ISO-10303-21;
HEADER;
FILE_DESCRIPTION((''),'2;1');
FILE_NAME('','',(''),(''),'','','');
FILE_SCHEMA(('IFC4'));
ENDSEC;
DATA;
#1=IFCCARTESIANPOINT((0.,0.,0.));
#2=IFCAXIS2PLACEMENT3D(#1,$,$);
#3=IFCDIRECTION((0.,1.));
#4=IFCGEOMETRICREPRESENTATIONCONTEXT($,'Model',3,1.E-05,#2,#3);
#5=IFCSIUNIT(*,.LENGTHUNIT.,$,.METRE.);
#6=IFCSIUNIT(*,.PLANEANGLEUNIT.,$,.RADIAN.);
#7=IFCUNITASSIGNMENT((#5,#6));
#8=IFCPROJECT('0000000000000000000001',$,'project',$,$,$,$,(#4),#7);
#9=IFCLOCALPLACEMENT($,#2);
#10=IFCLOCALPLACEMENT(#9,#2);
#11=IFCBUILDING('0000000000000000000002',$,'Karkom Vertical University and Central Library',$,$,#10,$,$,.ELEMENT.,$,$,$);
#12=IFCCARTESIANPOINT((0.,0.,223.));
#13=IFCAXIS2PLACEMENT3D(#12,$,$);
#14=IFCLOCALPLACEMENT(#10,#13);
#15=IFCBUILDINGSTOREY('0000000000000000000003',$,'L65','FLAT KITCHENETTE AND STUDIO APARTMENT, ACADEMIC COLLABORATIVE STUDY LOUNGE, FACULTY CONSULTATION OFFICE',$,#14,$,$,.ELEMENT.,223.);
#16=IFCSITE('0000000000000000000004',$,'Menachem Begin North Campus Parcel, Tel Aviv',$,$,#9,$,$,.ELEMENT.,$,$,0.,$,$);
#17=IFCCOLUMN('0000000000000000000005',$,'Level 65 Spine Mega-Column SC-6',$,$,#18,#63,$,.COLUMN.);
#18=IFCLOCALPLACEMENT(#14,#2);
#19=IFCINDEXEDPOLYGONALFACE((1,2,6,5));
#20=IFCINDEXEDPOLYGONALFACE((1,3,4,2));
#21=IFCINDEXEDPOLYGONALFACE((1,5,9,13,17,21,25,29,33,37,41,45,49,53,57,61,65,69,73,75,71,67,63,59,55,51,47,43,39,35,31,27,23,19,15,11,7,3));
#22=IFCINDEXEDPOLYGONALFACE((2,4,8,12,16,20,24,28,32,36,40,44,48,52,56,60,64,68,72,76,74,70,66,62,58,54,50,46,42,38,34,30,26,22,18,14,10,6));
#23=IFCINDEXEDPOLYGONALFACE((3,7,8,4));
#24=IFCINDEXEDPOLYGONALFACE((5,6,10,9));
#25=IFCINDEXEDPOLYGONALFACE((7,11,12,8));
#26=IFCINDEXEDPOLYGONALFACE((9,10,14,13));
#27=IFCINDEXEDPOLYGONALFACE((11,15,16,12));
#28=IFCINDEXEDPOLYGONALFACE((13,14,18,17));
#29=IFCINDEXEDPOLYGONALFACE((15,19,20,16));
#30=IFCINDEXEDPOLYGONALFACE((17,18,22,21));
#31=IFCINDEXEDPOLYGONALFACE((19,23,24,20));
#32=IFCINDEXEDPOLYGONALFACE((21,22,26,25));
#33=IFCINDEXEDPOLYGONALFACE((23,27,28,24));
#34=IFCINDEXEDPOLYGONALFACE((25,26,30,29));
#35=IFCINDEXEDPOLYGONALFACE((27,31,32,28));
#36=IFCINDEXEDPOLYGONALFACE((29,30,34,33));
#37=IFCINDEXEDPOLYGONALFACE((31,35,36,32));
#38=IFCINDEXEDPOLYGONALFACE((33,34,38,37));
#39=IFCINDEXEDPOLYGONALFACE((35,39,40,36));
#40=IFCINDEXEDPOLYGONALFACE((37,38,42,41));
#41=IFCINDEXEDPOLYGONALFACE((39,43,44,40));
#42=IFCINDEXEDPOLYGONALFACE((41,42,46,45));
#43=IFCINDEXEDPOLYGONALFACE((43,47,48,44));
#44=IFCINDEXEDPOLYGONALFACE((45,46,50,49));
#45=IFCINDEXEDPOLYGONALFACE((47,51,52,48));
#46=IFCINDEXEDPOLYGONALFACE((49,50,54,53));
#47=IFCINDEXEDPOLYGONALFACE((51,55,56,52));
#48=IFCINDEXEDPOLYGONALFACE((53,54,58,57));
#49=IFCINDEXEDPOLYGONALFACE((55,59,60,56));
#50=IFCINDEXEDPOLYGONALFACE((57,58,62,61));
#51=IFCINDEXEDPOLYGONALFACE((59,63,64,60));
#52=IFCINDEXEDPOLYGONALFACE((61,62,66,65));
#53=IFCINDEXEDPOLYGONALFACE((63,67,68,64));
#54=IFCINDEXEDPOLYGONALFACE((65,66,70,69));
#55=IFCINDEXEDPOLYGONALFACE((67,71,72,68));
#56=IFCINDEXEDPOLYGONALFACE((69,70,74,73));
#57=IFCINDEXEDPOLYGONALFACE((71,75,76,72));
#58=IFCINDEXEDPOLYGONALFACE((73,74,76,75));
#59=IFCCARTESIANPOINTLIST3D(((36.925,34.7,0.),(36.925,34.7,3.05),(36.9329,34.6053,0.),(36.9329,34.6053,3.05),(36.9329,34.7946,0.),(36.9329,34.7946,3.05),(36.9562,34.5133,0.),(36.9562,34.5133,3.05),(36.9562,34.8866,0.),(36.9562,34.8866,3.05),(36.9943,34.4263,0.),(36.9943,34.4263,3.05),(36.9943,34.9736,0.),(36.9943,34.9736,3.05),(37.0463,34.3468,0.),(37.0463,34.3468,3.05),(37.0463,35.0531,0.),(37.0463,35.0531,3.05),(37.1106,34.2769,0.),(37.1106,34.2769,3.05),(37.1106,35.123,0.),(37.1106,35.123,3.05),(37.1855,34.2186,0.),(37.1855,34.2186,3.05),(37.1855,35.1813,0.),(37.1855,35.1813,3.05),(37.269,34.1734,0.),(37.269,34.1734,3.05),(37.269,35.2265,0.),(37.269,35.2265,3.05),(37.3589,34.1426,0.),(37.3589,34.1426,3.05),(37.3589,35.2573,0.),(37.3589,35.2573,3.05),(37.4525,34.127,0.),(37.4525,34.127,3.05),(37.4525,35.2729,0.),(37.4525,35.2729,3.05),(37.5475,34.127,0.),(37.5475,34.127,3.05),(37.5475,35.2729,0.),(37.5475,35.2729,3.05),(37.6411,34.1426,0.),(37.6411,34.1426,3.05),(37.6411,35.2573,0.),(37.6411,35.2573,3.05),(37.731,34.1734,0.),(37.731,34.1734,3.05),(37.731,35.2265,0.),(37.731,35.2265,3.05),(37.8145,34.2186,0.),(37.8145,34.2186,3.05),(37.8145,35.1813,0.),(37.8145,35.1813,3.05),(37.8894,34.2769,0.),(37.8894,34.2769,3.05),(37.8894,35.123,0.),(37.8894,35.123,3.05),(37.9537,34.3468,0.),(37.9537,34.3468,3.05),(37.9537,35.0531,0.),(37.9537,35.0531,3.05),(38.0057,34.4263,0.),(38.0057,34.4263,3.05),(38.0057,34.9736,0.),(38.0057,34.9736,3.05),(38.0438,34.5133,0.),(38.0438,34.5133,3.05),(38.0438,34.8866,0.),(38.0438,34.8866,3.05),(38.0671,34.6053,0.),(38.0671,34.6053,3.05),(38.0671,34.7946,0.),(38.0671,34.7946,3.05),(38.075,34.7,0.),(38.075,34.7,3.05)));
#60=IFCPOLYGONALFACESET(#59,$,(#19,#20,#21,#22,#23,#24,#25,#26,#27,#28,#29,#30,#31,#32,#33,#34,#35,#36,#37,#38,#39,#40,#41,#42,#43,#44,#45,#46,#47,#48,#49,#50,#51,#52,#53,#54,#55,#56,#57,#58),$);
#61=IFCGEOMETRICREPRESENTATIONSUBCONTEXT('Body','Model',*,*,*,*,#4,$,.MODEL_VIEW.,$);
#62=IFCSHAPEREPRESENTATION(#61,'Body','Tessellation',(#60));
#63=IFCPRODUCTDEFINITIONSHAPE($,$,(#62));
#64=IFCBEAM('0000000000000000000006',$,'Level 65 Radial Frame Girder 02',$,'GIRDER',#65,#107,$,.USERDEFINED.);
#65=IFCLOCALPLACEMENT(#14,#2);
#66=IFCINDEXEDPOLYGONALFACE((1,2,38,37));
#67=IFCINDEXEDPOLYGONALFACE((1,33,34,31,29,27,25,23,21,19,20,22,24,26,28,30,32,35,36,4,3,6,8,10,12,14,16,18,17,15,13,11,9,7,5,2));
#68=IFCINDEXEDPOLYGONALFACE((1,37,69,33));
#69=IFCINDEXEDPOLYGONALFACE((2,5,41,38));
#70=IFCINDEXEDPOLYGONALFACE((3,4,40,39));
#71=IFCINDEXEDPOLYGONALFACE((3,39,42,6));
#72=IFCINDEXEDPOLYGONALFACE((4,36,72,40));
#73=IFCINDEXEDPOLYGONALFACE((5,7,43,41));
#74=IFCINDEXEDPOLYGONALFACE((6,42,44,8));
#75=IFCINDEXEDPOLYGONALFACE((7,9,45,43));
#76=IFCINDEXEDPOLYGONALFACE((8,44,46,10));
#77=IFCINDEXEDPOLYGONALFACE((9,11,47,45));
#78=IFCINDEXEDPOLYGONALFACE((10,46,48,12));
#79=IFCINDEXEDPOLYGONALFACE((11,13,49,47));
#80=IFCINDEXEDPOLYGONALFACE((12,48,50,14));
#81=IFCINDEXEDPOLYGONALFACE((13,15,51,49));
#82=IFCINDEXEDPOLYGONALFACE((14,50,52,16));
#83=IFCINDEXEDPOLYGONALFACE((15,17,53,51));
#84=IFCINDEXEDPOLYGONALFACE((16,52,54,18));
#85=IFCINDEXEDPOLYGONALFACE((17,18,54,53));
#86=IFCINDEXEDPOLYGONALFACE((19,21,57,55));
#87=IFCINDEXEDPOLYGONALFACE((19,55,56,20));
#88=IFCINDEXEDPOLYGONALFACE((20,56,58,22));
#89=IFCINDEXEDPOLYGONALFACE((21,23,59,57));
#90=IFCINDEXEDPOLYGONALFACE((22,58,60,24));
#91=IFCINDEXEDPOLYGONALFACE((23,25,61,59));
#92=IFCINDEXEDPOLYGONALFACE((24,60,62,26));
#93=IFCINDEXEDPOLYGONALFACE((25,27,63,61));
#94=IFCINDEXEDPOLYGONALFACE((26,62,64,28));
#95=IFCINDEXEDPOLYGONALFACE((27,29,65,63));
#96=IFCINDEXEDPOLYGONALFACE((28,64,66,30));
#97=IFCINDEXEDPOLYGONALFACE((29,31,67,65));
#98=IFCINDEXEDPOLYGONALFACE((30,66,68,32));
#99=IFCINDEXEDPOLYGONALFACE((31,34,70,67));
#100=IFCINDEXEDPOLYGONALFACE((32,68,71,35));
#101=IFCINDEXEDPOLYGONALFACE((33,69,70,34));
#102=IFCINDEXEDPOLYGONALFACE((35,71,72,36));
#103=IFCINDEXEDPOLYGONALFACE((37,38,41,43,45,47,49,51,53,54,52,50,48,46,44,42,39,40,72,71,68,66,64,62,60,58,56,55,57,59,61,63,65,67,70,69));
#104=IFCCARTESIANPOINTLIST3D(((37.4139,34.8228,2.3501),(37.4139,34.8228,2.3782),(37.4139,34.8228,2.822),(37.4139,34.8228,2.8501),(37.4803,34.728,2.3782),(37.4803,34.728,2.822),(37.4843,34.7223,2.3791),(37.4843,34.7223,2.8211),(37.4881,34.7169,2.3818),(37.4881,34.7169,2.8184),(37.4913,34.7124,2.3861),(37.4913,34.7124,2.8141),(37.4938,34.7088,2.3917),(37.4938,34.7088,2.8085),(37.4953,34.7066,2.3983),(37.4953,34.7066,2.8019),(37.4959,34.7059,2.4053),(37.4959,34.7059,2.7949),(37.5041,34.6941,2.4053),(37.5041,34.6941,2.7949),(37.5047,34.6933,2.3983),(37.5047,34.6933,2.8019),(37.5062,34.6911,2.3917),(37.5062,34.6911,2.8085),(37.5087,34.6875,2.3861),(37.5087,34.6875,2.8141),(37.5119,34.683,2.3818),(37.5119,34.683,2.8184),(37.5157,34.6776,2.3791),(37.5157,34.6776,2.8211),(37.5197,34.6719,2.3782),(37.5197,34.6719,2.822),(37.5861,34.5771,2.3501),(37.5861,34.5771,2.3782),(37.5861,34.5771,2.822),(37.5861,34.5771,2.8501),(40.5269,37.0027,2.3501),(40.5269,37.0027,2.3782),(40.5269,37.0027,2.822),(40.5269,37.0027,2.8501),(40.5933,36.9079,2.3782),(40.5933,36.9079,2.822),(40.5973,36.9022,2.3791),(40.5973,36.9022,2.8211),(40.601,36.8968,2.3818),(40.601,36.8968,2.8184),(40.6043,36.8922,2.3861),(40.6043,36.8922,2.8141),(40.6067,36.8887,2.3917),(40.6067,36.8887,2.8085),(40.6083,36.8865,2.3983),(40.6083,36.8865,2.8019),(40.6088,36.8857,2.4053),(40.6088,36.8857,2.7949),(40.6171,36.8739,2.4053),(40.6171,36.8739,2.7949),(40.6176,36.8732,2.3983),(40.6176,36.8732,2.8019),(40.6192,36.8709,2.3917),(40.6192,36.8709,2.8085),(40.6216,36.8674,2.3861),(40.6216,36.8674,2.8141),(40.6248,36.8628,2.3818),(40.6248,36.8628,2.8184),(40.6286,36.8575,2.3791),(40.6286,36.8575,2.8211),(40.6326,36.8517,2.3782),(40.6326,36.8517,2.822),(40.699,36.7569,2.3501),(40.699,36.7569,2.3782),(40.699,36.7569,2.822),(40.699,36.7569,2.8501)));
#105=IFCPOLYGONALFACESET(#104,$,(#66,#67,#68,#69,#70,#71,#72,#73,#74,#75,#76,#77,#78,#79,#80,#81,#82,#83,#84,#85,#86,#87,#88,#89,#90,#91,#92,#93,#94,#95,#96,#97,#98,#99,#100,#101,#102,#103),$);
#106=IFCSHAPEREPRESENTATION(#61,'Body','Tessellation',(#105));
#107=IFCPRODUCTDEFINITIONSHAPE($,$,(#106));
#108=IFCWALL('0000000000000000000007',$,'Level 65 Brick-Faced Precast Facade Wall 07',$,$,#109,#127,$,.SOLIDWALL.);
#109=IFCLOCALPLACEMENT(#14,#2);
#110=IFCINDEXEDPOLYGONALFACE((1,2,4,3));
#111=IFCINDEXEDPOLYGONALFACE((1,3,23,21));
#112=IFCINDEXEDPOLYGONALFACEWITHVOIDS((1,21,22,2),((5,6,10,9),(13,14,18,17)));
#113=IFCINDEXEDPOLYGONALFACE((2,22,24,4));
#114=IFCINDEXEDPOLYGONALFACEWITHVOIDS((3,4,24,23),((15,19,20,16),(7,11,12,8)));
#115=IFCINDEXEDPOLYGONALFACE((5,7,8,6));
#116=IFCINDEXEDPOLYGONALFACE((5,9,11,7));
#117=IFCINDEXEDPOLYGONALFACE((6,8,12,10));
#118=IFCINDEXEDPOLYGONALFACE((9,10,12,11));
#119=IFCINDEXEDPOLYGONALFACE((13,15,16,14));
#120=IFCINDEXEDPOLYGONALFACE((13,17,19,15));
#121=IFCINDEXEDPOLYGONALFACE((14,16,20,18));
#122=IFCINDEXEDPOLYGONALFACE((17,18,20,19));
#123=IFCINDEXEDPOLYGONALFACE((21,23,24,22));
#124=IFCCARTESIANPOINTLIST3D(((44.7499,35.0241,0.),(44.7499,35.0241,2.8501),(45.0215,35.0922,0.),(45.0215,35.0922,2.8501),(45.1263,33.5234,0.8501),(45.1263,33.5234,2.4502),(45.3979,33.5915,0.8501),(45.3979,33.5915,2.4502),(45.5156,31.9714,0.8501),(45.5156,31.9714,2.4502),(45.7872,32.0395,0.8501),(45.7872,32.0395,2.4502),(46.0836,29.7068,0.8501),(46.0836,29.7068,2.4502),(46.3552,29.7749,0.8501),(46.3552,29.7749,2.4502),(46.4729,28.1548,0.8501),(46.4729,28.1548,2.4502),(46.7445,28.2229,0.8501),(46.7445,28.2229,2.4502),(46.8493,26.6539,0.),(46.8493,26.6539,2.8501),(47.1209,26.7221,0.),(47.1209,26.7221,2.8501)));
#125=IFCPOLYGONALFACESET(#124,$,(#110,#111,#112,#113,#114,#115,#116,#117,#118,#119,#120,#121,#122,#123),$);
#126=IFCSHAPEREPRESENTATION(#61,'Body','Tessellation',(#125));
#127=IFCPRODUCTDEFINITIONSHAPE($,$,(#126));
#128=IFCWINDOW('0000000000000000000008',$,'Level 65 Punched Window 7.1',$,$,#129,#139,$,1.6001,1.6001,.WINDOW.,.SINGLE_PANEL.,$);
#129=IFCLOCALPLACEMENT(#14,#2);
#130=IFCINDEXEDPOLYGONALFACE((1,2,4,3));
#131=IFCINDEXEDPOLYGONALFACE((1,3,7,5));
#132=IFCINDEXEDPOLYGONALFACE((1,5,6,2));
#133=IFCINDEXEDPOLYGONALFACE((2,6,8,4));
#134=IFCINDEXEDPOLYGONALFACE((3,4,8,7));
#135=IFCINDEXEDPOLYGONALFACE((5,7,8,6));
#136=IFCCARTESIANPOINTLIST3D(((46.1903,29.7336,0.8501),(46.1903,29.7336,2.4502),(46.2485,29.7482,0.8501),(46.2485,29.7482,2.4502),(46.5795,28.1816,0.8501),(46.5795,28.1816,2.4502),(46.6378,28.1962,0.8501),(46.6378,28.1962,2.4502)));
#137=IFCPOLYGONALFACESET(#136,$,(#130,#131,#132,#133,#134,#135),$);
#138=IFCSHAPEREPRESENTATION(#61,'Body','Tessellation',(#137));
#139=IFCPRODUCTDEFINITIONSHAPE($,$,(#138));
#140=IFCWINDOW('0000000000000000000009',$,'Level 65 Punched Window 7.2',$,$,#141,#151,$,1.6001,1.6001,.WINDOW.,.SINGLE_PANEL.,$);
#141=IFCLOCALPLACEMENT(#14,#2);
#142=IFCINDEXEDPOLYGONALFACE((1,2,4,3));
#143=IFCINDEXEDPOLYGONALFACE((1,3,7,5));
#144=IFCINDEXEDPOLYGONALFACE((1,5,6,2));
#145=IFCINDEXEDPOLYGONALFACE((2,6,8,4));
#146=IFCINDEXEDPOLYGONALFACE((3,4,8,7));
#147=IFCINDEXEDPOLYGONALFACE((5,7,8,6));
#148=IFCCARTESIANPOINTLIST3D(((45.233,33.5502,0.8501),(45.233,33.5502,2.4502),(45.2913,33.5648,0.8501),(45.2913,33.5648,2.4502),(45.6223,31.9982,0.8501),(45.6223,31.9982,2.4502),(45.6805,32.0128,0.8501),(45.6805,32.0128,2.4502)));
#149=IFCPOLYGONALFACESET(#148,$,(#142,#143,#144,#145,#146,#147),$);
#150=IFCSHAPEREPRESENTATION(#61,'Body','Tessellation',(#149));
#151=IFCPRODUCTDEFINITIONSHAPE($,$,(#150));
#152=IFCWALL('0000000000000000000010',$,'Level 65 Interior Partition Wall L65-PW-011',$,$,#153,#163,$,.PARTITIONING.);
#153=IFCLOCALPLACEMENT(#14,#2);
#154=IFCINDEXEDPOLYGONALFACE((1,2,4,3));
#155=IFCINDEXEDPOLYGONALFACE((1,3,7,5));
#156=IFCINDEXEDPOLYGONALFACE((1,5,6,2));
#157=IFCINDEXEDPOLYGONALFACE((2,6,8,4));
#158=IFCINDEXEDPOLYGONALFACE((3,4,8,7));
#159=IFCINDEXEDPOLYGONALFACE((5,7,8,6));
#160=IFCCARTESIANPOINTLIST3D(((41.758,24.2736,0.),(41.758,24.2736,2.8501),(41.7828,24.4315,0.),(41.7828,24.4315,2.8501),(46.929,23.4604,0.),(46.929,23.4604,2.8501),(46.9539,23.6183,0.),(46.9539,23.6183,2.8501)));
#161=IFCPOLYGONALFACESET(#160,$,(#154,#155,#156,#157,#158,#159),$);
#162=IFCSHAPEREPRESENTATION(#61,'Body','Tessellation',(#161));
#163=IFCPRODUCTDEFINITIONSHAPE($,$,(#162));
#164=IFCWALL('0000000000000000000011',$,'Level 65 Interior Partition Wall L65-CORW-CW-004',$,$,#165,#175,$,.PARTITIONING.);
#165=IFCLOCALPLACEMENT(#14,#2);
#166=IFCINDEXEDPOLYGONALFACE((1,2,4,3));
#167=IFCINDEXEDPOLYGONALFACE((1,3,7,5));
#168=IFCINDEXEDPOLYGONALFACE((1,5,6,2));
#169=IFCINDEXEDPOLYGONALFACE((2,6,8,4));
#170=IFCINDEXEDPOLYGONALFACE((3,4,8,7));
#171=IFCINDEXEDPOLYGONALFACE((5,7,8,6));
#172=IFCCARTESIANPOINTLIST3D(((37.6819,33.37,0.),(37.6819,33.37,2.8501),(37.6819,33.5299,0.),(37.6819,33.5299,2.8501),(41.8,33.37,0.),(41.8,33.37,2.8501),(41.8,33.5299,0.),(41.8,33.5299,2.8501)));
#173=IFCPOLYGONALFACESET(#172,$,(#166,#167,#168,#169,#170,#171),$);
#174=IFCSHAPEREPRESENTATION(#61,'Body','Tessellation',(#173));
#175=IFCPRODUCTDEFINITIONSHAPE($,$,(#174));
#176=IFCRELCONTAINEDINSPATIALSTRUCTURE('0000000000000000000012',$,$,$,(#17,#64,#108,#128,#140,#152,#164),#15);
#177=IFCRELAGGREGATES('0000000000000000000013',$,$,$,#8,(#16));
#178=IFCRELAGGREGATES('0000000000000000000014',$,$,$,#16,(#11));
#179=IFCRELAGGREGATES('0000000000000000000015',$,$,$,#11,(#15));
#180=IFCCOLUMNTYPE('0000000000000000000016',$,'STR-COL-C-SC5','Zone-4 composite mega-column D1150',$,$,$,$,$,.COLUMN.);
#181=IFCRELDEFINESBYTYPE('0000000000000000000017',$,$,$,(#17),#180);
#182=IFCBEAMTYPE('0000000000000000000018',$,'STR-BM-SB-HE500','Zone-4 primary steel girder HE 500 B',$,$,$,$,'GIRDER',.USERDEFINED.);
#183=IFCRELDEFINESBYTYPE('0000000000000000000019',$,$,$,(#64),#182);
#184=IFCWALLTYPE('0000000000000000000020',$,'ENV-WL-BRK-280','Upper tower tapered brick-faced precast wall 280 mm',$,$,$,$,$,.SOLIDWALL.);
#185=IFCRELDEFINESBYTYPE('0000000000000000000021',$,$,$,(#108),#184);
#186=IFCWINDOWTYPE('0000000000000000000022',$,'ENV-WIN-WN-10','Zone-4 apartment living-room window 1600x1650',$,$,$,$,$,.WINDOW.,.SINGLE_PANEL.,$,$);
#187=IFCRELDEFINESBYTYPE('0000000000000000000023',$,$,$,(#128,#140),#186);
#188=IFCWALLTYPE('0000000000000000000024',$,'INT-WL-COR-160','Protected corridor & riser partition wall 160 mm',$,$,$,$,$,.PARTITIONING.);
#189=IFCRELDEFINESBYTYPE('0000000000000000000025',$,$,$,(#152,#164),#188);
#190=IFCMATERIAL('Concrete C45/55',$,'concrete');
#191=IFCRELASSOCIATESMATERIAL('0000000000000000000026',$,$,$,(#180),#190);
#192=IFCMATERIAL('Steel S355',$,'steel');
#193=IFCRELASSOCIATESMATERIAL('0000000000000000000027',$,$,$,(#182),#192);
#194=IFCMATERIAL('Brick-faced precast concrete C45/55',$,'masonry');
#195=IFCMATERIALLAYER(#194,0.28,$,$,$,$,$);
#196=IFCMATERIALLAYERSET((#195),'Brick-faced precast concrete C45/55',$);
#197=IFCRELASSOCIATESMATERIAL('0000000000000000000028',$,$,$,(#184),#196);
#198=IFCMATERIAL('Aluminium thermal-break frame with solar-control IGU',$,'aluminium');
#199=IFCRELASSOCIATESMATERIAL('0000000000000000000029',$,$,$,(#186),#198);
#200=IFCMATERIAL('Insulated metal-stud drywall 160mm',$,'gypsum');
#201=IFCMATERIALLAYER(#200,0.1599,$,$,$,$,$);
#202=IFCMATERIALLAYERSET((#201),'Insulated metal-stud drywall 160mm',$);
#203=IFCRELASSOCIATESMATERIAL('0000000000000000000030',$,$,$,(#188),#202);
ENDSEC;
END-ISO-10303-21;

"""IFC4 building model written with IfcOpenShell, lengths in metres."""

from ifc_helpers import new_model, si_unit, direction, frame, frame_2d, origin, origin_with_axes, origin_2d, place, context, subcontext, project, spatial, rectangle, circle, i_section, extrude, source, transform, mapped, material, layer, layer_set, material_profile, profile_set, type_object, element, fill, save


model = new_model("IFC4")

# Units and contexts
model_context = context("Model", 3, precision=1e-05, world=origin(), true_north=direction((0.0, 1.0)))
body_context = subcontext(model_context, "Body", "Model", "MODEL_VIEW")
ifc_project = project(units=[si_unit("LENGTHUNIT", "METRE"), si_unit("PLANEANGLEUNIT", "RADIAN")], contexts=[model_context])

# Site, building, storey
site_placement = place(None, origin())
site = spatial("IfcSite", under=ifc_project, at=site_placement, Name="Menachem Begin North Campus Parcel, Tel Aviv", CompositionType="ELEMENT", RefElevation=0.0)
building_placement = place(site_placement, origin())
building = spatial("IfcBuilding", under=site, at=building_placement, Name="Karkom Vertical University and Central Library", CompositionType="ELEMENT")
storey_placement = place(building_placement, frame((0.0, 0.0, 223.0)))
storey = spatial("IfcBuildingStorey", under=building, at=storey_placement, Name="L65", Description="FLAT KITCHENETTE AND STUDIO APARTMENT, ACADEMIC COLLABORATIVE STUDY LOUNGE, FACULTY CONSULTATION OFFICE", CompositionType="ELEMENT", Elevation=223.0)

# Column
ifc_material_1 = material(Name="Concrete C45/55", Category="concrete")
ifc_material_profile_1 = material_profile(ifc_material_1, circle(Radius=0.575, at=origin_2d()), Name="CFT-D1150")
ifc_profile_set_1 = profile_set([ifc_material_profile_1], Name="Concrete C45/55")
column_type = type_object("IfcColumnType", Name="STR-COL-C-SC5", Description="Zone-4 composite mega-column D1150", PredefinedType="COLUMN", material=ifc_profile_set_1)
shared_shape_1 = source(origin_with_axes(), body_context, "Body", "SweptSolid", [
    extrude(circle(Radius=0.575, at=origin_2d()), origin(), (0.0, 0.0, 1.0), 3.05),
])
column_placement = place(storey_placement, frame((37.5, 34.7, 0.0), z_axis=(0.0, 0.0, 1.0), x_axis=(1.0, 0.0, 0.0)))
element("IfcColumn", 1, at=column_placement, inside=storey, type_object=column_type, Name="Level 65 Spine Mega-Column SC-6", PredefinedType="COLUMN", context=body_context, shape_type="MappedRepresentation", body=[
    mapped(shared_shape_1, transform((0.0, 0.0, 0.0), scale=1.0)),
])

# Beam
ifc_material_2 = material(Name="Steel S355", Category="steel")
ifc_material_profile_2 = material_profile(ifc_material_2, i_section(OverallWidth=0.3, OverallDepth=0.5, WebThickness=0.0144, FlangeThickness=0.0281, FilletRadius=0.0271, at=origin_2d()), Name="HE 500 B")
ifc_profile_set_2 = profile_set([ifc_material_profile_2], Name="Steel S355")
beam_type = type_object("IfcBeamType", Name="STR-BM-SB-HE500", Description="Zone-4 primary steel girder HE 500 B", ElementType="GIRDER", PredefinedType="USERDEFINED", material=ifc_profile_set_2)
shared_shape_2 = source(origin_with_axes(), body_context, "Body", "SweptSolid", [
    extrude(i_section(OverallWidth=0.3, OverallDepth=0.5, WebThickness=0.0144, FlangeThickness=0.0281, FilletRadius=0.0271, at=origin_2d()), origin(), (0.0, 0.0, 1.0), 3.8003),
])
beam_placement = place(storey_placement, frame((37.5, 34.7, 2.6001), z_axis=(0.819132, 0.573605, 0.0), x_axis=(-0.573605, 0.819132, 0.0)))
element("IfcBeam", 2, at=beam_placement, inside=storey, type_object=beam_type, Name="Level 65 Radial Frame Girder 02", ObjectType="GIRDER", PredefinedType="USERDEFINED", context=body_context, shape_type="MappedRepresentation", body=[
    mapped(shared_shape_2, transform((0.0, 0.0, 0.0), scale=1.0)),
])

# Wall, openings, windows
ifc_material_3 = material(Name="Brick-faced precast concrete C45/55", Category="masonry")
ifc_layer_1 = layer(ifc_material_3, 0.28)
ifc_layer_set_1 = layer_set([ifc_layer_1], Name="Brick-faced precast concrete C45/55")
wall_type_1 = type_object("IfcWallType", Name="ENV-WL-BRK-280", Description="Upper tower tapered brick-faced precast wall 280 mm", PredefinedType="SOLIDWALL", material=ifc_layer_set_1)
wall_1_placement = place(storey_placement, frame((46.9851, 26.688, 0.0), z_axis=(0.0, 0.0, 1.0), x_axis=(-0.243281, 0.969956, 0.0)))
wall_1 = element("IfcWall", 3, at=wall_1_placement, inside=storey, type_object=wall_type_1, Name="Level 65 Brick-Faced Precast Facade Wall 07", PredefinedType="SOLIDWALL", context=body_context, shape_type="SweptSolid", body=[
    extrude(rectangle(XDim=8.6294, YDim=0.28, at=frame_2d((4.3147, 0.0))), origin(), (0.0, 0.0, 1.0), 2.8501),
])
opening_1_placement = place(wall_1_placement, frame((1.5474, 0.0, 0.8501)))
opening_1 = element("IfcOpeningElement", 4, at=opening_1_placement, cuts=wall_1, PredefinedType="OPENING", context=body_context, shape_type="SweptSolid", body=[
    extrude(rectangle(XDim=1.6001, YDim=1.6001, at=frame_2d((0.8, 0.8))), frame((0.0, 0.1499, 0.0), z_axis=(0.0, -1.0, 0.0), x_axis=(1.0, 0.0, 0.0)), (0.0, 0.0, 1.0), 0.3),
])
opening_2_placement = place(wall_1_placement, frame((5.4822, 0.0, 0.8501)))
opening_2 = element("IfcOpeningElement", 5, at=opening_2_placement, cuts=wall_1, PredefinedType="OPENING", context=body_context, shape_type="SweptSolid", body=[
    extrude(rectangle(XDim=1.6001, YDim=1.6001, at=frame_2d((0.8, 0.8))), frame((0.0, 0.1499, 0.0), z_axis=(0.0, -1.0, 0.0), x_axis=(1.0, 0.0, 0.0)), (0.0, 0.0, 1.0), 0.3),
])
ifc_material_4 = material(Name="Aluminium thermal-break frame with solar-control IGU", Category="aluminium")
window_type = type_object("IfcWindowType", Name="ENV-WIN-WN-10", Description="Zone-4 apartment living-room window 1600x1650", PartitioningType="SINGLE_PANEL", PredefinedType="WINDOW", material=ifc_material_4)
shared_shape_3 = source(origin_with_axes(), body_context, "Body", "SweptSolid", [
    extrude(rectangle(XDim=1.6001, YDim=1.6001, at=frame_2d((0.8, 0.8))), frame((0.0, 0.03, 0.0), z_axis=(0.0, -1.0, 0.0), x_axis=(1.0, 0.0, 0.0)), (0.0, 0.0, 1.0), 0.0601),
])
window_1_placement = place(opening_1_placement, origin())
window_1 = element("IfcWindow", 6, at=window_1_placement, inside=storey, type_object=window_type, Name="Level 65 Punched Window 7.1", OverallHeight=1.6001, OverallWidth=1.6001, PartitioningType="SINGLE_PANEL", PredefinedType="WINDOW", context=body_context, shape_type="MappedRepresentation", body=[
    mapped(shared_shape_3, transform((0.0, 0.0, 0.0), scale=1.0)),
])
fill(opening_1, window_1)
window_2_placement = place(opening_2_placement, origin())
window_2 = element("IfcWindow", 7, at=window_2_placement, inside=storey, type_object=window_type, Name="Level 65 Punched Window 7.2", OverallHeight=1.6001, OverallWidth=1.6001, PartitioningType="SINGLE_PANEL", PredefinedType="WINDOW", context=body_context, shape_type="MappedRepresentation", body=[
    mapped(shared_shape_3, transform((0.0, 0.0, 0.0), scale=1.0)),
])
fill(opening_2, window_2)

# Shared definitions
ifc_material_5 = material(Name="Insulated metal-stud drywall 160mm", Category="gypsum")
ifc_layer_2 = layer(ifc_material_5, 0.1599)
ifc_layer_set_2 = layer_set([ifc_layer_2], Name="Insulated metal-stud drywall 160mm")
wall_type_2 = type_object("IfcWallType", Name="INT-WL-COR-160", Description="Protected corridor & riser partition wall 160 mm", PredefinedType="PARTITIONING", material=ifc_layer_set_2)

# Walls
wall_2_placement = place(storey_placement, frame((41.7705, 24.3525, 0.0), z_axis=(0.0, 0.0, 1.0), x_axis=(0.987859, -0.155354, 0.0)))
element("IfcWall", 8, at=wall_2_placement, inside=storey, type_object=wall_type_2, Name="Level 65 Interior Partition Wall L65-PW-011", PredefinedType="PARTITIONING", context=body_context, shape_type="SweptSolid", body=[
    extrude(rectangle(XDim=5.2346, YDim=0.1599, at=frame_2d((2.6172, 0.0))), origin(), (0.0, 0.0, 1.0), 2.8501),
])
wall_3_placement = place(storey_placement, frame((37.6819, 33.45, 0.0), z_axis=(0.0, 0.0, 1.0), x_axis=(1.0, 0.0, 0.0)))
element("IfcWall", 9, at=wall_3_placement, inside=storey, type_object=wall_type_2, Name="Level 65 Interior Partition Wall L65-CORW-CW-004", PredefinedType="PARTITIONING", context=body_context, shape_type="SweptSolid", body=[
    extrude(rectangle(XDim=4.1182, YDim=0.1599, at=frame_2d((2.0591, 0.0))), origin(), (0.0, 0.0, 1.0), 2.8501),
])

save(model, "model.ifc")
